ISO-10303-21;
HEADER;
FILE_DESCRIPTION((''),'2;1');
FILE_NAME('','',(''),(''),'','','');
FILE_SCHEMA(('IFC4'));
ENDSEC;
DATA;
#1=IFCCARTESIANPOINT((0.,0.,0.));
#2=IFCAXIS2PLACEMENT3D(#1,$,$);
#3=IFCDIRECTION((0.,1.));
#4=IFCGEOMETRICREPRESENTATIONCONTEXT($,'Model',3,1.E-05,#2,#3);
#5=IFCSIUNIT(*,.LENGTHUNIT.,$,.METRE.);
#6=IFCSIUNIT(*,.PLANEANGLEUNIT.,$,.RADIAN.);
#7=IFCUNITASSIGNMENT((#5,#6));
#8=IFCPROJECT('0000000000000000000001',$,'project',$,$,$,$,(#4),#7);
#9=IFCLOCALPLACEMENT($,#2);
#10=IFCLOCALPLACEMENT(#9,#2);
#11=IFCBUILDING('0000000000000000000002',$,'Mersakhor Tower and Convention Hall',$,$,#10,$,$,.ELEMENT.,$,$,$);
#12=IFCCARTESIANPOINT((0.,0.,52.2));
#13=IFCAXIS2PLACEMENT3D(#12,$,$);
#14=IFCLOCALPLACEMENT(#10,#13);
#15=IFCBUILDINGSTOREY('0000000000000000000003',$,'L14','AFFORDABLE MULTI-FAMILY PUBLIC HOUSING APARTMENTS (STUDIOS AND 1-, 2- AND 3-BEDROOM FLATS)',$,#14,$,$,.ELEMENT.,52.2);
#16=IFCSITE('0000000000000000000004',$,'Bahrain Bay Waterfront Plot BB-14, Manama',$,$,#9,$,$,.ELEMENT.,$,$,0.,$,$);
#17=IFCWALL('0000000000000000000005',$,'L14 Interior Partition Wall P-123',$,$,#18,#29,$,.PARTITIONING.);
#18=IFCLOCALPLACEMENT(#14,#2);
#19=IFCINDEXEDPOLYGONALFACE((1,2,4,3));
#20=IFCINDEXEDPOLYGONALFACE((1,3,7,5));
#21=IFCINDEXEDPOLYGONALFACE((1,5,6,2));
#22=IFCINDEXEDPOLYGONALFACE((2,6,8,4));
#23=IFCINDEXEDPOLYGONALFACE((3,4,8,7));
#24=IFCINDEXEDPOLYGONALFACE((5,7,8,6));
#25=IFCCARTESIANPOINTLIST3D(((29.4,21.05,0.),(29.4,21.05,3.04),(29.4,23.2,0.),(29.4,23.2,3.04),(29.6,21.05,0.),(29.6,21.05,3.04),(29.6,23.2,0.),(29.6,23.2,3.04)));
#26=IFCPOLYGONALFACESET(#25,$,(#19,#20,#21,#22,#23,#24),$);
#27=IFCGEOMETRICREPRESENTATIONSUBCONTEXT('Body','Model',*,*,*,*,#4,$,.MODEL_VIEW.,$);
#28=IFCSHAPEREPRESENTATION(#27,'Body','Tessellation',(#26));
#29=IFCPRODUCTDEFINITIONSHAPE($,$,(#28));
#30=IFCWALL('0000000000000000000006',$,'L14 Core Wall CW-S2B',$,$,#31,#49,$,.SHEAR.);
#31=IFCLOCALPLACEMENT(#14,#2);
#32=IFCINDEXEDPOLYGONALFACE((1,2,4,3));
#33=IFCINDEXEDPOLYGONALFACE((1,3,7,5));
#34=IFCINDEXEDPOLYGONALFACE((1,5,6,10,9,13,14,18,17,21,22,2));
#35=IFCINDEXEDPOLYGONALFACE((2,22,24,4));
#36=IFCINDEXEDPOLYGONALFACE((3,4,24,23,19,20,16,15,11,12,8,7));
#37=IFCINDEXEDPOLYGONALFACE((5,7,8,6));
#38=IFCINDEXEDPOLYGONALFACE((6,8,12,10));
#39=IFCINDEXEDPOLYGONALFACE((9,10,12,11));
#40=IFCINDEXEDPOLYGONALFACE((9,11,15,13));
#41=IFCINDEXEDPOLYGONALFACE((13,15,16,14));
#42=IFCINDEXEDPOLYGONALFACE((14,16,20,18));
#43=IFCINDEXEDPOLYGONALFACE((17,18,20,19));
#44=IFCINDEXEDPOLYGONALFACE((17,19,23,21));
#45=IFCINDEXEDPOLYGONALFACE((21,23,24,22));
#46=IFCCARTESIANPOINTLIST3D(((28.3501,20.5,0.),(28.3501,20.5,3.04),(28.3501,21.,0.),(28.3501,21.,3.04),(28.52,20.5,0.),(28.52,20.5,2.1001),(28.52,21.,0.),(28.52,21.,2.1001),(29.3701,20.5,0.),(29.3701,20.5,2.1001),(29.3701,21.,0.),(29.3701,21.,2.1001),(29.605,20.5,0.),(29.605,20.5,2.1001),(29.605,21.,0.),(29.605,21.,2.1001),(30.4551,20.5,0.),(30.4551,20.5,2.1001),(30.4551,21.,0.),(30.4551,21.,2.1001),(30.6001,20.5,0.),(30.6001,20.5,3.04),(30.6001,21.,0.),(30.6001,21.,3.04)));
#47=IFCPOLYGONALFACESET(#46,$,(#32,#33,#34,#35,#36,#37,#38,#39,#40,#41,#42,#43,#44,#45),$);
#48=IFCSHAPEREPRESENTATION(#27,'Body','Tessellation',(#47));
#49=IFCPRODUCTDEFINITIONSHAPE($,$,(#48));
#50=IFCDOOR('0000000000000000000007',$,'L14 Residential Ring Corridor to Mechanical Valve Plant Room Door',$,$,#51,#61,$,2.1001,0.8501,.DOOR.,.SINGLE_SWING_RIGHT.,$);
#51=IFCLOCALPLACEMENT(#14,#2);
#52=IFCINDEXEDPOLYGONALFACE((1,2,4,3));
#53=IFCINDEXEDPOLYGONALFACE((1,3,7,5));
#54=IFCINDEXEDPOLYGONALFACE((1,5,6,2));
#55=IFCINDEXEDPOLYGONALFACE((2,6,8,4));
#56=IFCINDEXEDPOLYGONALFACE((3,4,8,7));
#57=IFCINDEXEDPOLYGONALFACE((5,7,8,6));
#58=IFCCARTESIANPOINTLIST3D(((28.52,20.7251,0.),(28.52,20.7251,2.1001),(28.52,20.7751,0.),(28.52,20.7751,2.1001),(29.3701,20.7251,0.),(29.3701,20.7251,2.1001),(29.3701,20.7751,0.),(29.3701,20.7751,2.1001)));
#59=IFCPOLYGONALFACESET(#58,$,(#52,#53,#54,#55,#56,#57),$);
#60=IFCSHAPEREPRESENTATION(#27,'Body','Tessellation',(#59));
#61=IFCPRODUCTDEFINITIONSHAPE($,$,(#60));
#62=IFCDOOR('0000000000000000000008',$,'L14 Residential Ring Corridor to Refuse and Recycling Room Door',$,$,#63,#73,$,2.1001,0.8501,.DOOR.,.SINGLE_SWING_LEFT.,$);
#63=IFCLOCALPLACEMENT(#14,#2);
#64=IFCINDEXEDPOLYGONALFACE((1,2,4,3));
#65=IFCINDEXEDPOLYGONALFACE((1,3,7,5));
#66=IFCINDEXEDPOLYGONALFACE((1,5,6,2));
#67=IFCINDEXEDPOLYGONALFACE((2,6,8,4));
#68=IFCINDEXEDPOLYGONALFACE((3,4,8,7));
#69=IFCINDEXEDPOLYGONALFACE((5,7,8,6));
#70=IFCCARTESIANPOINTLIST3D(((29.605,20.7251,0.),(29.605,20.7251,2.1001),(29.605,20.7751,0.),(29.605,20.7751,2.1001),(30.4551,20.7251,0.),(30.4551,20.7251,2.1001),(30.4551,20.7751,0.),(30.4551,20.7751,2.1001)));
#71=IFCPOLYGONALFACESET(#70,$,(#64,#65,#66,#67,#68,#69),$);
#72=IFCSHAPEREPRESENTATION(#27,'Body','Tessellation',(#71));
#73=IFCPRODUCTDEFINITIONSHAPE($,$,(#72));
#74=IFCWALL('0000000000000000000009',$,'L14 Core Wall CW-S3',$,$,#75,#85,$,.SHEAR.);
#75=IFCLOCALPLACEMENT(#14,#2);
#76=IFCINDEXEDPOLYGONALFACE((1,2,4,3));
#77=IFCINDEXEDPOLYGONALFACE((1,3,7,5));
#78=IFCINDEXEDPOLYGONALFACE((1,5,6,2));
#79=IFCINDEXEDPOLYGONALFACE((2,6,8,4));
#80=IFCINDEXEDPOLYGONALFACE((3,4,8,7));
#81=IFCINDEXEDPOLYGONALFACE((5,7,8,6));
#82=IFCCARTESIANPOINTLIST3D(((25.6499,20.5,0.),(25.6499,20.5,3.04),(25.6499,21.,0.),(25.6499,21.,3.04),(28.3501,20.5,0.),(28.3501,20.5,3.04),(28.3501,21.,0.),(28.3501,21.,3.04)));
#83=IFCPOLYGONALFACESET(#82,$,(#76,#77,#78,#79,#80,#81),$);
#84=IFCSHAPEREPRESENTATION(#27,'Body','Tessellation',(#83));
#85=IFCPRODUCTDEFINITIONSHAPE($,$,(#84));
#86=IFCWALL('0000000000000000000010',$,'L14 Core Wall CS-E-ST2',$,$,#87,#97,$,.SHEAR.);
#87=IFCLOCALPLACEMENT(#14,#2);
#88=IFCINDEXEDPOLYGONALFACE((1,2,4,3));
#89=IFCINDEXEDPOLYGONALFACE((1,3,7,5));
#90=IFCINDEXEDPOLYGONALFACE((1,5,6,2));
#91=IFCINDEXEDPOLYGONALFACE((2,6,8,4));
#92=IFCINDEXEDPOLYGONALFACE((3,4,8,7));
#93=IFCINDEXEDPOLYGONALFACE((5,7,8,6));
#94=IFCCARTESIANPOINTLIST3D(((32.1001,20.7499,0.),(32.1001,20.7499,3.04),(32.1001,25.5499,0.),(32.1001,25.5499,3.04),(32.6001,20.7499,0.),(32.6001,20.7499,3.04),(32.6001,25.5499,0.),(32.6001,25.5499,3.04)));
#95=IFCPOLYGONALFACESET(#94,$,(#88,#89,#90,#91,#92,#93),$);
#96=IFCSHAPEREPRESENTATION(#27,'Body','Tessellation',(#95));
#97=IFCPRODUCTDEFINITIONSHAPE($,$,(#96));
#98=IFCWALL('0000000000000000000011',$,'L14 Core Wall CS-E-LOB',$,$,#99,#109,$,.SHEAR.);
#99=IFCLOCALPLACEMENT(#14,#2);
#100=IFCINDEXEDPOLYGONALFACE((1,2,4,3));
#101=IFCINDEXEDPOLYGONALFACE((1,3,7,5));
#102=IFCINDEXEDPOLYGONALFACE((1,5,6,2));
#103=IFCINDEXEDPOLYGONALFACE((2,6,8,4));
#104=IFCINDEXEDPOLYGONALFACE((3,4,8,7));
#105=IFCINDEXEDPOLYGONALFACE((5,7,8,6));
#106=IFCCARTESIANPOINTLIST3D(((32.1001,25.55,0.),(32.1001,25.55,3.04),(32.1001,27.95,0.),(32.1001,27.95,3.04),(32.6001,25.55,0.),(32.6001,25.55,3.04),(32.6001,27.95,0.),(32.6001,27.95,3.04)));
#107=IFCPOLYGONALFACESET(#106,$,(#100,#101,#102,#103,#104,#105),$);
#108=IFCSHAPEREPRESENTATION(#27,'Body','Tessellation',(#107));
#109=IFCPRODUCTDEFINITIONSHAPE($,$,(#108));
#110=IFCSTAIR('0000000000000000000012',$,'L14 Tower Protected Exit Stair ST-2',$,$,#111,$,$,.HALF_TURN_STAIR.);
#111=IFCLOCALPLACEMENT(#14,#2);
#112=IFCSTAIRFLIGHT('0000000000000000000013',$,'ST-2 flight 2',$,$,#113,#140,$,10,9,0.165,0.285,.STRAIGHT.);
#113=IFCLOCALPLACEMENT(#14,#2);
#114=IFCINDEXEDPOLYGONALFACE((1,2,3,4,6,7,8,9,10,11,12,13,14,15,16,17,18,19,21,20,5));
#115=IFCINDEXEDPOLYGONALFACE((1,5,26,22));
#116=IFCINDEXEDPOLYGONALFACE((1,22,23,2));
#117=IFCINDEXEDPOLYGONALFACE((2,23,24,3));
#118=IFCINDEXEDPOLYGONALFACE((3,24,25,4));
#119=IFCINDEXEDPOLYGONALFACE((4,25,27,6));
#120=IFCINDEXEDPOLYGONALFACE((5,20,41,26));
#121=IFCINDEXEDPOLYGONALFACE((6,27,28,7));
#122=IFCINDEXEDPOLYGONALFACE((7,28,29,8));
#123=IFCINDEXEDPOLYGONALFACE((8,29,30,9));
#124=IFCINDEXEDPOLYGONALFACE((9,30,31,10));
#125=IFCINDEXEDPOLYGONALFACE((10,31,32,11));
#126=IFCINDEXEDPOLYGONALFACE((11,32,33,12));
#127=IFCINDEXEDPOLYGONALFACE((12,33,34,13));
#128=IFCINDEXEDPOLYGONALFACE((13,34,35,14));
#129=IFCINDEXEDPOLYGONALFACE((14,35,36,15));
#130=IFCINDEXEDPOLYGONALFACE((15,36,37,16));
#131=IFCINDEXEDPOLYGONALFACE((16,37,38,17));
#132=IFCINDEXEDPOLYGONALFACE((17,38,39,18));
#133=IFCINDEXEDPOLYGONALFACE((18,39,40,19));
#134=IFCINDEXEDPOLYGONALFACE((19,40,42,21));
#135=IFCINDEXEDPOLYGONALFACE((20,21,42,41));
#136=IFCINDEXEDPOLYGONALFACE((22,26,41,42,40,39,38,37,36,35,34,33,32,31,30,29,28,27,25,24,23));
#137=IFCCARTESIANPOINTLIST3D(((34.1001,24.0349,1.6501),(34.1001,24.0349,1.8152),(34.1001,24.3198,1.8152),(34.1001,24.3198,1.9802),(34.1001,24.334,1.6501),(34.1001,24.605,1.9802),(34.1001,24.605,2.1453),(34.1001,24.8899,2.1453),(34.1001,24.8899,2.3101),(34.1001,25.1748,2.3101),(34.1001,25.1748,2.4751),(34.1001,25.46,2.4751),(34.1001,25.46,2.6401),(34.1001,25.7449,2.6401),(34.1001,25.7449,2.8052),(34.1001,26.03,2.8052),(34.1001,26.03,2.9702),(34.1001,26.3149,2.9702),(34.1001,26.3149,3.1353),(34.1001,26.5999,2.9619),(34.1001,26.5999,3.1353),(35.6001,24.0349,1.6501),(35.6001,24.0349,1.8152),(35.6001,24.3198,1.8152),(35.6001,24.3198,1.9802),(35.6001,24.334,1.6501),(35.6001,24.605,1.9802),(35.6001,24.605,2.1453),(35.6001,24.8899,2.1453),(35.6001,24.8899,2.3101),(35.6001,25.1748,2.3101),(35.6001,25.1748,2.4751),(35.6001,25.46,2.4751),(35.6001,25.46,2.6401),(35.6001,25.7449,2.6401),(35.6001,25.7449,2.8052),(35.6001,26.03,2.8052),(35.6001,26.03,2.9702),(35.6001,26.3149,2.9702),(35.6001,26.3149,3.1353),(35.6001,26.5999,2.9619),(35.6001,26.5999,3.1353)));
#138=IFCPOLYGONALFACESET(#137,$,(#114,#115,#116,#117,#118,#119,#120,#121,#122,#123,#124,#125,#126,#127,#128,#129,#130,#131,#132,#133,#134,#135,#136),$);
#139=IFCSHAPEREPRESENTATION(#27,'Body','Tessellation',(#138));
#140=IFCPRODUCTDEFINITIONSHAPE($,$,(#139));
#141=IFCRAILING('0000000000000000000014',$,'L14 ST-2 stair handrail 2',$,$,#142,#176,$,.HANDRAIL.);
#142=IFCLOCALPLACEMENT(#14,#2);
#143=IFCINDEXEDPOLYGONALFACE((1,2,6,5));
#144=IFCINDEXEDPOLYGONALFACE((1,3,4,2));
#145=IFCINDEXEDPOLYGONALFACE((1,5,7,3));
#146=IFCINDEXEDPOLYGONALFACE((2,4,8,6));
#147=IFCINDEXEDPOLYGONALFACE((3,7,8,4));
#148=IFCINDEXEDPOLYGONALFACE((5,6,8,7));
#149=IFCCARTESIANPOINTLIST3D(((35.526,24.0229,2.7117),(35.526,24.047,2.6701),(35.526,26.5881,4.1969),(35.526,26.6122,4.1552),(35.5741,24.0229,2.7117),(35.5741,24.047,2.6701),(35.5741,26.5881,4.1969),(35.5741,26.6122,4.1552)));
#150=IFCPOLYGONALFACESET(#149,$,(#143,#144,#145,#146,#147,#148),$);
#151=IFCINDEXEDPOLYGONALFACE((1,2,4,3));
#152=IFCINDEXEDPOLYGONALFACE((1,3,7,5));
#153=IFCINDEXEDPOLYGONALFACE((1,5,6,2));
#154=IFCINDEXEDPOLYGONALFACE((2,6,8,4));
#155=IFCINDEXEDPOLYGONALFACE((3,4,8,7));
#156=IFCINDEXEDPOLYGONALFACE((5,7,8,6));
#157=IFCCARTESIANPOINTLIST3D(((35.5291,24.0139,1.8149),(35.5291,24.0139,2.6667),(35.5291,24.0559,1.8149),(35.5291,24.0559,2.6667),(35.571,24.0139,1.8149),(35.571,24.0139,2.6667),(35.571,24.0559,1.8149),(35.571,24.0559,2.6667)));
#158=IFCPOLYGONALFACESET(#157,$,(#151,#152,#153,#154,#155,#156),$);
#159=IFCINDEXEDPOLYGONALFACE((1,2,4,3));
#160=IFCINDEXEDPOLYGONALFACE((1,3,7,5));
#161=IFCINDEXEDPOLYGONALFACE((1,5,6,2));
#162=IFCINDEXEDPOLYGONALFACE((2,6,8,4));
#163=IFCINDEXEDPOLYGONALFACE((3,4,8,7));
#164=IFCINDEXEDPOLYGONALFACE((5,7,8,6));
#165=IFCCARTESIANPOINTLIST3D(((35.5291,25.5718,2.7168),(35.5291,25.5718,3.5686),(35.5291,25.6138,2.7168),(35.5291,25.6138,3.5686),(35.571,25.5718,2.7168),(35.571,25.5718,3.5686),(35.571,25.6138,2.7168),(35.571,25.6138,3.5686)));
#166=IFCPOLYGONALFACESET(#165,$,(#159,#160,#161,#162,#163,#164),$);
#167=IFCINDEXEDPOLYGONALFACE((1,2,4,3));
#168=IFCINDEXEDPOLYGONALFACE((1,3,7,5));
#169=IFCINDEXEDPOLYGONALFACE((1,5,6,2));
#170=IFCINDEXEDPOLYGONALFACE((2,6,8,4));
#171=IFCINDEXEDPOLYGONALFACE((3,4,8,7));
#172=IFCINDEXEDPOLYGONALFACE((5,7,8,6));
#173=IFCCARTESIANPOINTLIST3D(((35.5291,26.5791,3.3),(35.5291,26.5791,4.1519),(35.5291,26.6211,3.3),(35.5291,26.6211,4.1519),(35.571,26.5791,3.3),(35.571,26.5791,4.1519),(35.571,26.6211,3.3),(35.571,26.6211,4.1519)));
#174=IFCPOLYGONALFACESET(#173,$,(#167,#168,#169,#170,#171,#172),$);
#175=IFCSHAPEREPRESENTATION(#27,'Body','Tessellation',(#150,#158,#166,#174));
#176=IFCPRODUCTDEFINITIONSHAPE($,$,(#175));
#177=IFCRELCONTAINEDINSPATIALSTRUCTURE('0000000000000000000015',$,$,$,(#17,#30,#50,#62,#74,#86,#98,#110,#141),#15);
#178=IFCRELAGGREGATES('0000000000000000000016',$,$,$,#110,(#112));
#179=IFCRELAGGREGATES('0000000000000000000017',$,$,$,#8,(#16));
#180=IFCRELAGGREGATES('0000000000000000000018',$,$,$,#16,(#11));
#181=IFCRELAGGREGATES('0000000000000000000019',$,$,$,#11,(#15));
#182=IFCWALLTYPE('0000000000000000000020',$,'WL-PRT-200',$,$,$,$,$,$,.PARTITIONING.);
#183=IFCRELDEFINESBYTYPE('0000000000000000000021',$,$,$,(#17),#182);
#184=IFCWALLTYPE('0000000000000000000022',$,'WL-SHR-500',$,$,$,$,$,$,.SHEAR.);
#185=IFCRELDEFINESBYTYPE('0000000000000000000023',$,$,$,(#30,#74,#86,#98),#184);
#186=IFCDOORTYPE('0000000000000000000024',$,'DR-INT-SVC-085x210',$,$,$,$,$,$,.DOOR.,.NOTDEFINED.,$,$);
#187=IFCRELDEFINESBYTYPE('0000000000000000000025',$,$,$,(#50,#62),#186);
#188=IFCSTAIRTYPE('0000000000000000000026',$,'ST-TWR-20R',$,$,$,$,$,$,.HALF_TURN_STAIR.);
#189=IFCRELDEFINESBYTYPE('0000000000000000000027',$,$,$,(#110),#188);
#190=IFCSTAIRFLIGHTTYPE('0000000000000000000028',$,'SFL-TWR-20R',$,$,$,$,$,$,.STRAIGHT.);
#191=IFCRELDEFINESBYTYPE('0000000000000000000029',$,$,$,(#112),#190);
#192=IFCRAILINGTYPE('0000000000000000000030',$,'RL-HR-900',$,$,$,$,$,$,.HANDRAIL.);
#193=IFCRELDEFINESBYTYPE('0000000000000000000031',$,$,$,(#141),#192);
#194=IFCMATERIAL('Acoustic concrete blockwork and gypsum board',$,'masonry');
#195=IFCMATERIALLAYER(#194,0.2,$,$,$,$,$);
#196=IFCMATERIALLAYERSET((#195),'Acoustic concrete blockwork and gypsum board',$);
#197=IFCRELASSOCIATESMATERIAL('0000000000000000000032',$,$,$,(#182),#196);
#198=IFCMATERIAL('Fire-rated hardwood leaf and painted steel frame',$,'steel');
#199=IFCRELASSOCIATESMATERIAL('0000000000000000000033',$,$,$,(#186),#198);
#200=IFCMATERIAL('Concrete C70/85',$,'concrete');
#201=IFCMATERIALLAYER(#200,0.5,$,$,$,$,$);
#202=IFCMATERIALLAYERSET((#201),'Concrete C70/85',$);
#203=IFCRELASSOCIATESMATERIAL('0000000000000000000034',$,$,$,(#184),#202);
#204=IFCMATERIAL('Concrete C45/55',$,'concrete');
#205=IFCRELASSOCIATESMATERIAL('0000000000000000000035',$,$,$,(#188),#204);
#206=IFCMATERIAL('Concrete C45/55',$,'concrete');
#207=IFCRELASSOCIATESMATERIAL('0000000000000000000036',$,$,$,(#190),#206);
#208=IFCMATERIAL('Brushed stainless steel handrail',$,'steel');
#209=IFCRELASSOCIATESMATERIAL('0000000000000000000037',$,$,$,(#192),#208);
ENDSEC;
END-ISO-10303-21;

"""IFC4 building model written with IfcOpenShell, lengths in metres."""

from ifc_helpers import new_model, si_unit, direction, frame, frame_2d, origin, origin_2d, place, context, subcontext, project, spatial, polyline, rectangle, outline, extrude, material, layer, layer_set, type_object, element, fill, aggregate, save


model = new_model("IFC4")

# Units and contexts
model_context = context("Model", 3, precision=1e-05, world=origin(), true_north=direction((0.0, 1.0)))
body_context = subcontext(model_context, "Body", "Model", "MODEL_VIEW")
ifc_project = project(units=[si_unit("LENGTHUNIT", "METRE"), si_unit("PLANEANGLEUNIT", "RADIAN")], contexts=[model_context])

# Site, building, storey
site_placement = place(None, origin())
site = spatial("IfcSite", under=ifc_project, at=site_placement, Name="Bahrain Bay Waterfront Plot BB-14, Manama", CompositionType="ELEMENT", RefElevation=0.0)
building_placement = place(site_placement, origin())
building = spatial("IfcBuilding", under=site, at=building_placement, Name="Mersakhor Tower and Convention Hall", CompositionType="ELEMENT")
storey_placement = place(building_placement, frame((0.0, 0.0, 52.2)))
storey = spatial("IfcBuildingStorey", under=building, at=storey_placement, Name="L14", Description="AFFORDABLE MULTI-FAMILY PUBLIC HOUSING APARTMENTS (STUDIOS AND 1-, 2- AND 3-BEDROOM FLATS)", CompositionType="ELEMENT", Elevation=52.2)

# Shared definitions
ifc_material_1 = material(Name="Acoustic concrete blockwork and gypsum board", Category="masonry")
ifc_layer_1 = layer(ifc_material_1, 0.2)
ifc_layer_set_1 = layer_set([ifc_layer_1], Name="Acoustic concrete blockwork and gypsum board")
wall_type_1 = type_object("IfcWallType", Name="WL-PRT-200", PredefinedType="PARTITIONING", material=ifc_layer_set_1)

# Shared definitions
ifc_material_2 = material(Name="Fire-rated hardwood leaf and painted steel frame", Category="steel")
door_type_1 = type_object("IfcDoorType", Name="DR-INT-SVC-085x210", OperationType="NOTDEFINED", PredefinedType="DOOR", material=ifc_material_2)

# Wall
wall_1_placement = place(storey_placement, frame((29.5, 23.2, 0.0), z_axis=(0.0, 0.0, 1.0), x_axis=(0.0, -1.0, 0.0)))
element("IfcWall", 1, at=wall_1_placement, inside=storey, type_object=wall_type_1, Name="L14 Interior Partition Wall P-123", PredefinedType="PARTITIONING", context=body_context, shape_type="SweptSolid", body=[
    extrude(rectangle(XDim=2.1499, YDim=0.2, at=frame_2d((1.075, 0.0))), origin(), (0.0, 0.0, 1.0), 3.04),
])

# Shared definitions
ifc_material_3 = material(Name="Concrete C70/85", Category="concrete")
ifc_layer_2 = layer(ifc_material_3, 0.5)
ifc_layer_set_2 = layer_set([ifc_layer_2], Name="Concrete C70/85")
wall_type_2 = type_object("IfcWallType", Name="WL-SHR-500", PredefinedType="SHEAR", material=ifc_layer_set_2)

# Wall, openings, doors
wall_2_placement = place(storey_placement, frame((30.6001, 20.75, 0.0), z_axis=(0.0, 0.0, 1.0), x_axis=(-1.0, 0.0, 0.0)))
wall_2 = element("IfcWall", 2, at=wall_2_placement, inside=storey, type_object=wall_type_2, Name="L14 Core Wall CW-S2B", PredefinedType="SHEAR", context=body_context, shape_type="SweptSolid", body=[
    extrude(rectangle(XDim=2.25, YDim=0.5, at=frame_2d((1.125, 0.0))), origin(), (0.0, 0.0, 1.0), 3.04),
])
opening_1_placement = place(wall_2_placement, frame((1.23, 0.0, 0.0)))
opening_1 = element("IfcOpeningElement", 3, at=opening_1_placement, cuts=wall_2, PredefinedType="OPENING", context=body_context, shape_type="SweptSolid", body=[
    extrude(rectangle(XDim=0.8501, YDim=2.1001, at=frame_2d((0.425, 1.05))), frame((0.0, 0.26, 0.0), z_axis=(0.0, -1.0, 0.0), x_axis=(1.0, 0.0, 0.0)), (0.0, 0.0, 1.0), 0.52),
])
opening_2_placement = place(wall_2_placement, frame((0.145, 0.0, 0.0)))
opening_2 = element("IfcOpeningElement", 4, at=opening_2_placement, cuts=wall_2, PredefinedType="OPENING", context=body_context, shape_type="SweptSolid", body=[
    extrude(rectangle(XDim=0.8501, YDim=2.1001, at=frame_2d((0.425, 1.05))), frame((0.0, 0.26, 0.0), z_axis=(0.0, -1.0, 0.0), x_axis=(1.0, 0.0, 0.0)), (0.0, 0.0, 1.0), 0.52),
])
door_1_placement = place(opening_1_placement, origin())
door_1 = element("IfcDoor", 5, at=door_1_placement, inside=storey, type_object=door_type_1, Name="L14 Residential Ring Corridor to Mechanical Valve Plant Room Door", OperationType="SINGLE_SWING_RIGHT", OverallHeight=2.1001, OverallWidth=0.8501, PredefinedType="DOOR", context=body_context, shape_type="SweptSolid", body=[
    extrude(rectangle(XDim=0.8501, YDim=2.1001, at=frame_2d((0.425, 1.05))), frame((0.0, 0.0249, 0.0), z_axis=(0.0, -1.0, 0.0), x_axis=(1.0, 0.0, 0.0)), (0.0, 0.0, 1.0), 0.05),
])
fill(opening_1, door_1)
door_2_placement = place(opening_2_placement, origin())
door_2 = element("IfcDoor", 6, at=door_2_placement, inside=storey, type_object=door_type_1, Name="L14 Residential Ring Corridor to Refuse and Recycling Room Door", OperationType="SINGLE_SWING_LEFT", OverallHeight=2.1001, OverallWidth=0.8501, PredefinedType="DOOR", context=body_context, shape_type="SweptSolid", body=[
    extrude(rectangle(XDim=0.8501, YDim=2.1001, at=frame_2d((0.425, 1.05))), frame((0.0, 0.0249, 0.0), z_axis=(0.0, -1.0, 0.0), x_axis=(1.0, 0.0, 0.0)), (0.0, 0.0, 1.0), 0.05),
])
fill(opening_2, door_2)

# Walls
wall_3_placement = place(storey_placement, frame((28.3501, 20.75, 0.0), z_axis=(0.0, 0.0, 1.0), x_axis=(-1.0, 0.0, 0.0)))
element("IfcWall", 7, at=wall_3_placement, inside=storey, type_object=wall_type_2, Name="L14 Core Wall CW-S3", PredefinedType="SHEAR", context=body_context, shape_type="SweptSolid", body=[
    extrude(rectangle(XDim=2.7002, YDim=0.5, at=frame_2d((1.3501, 0.0))), origin(), (0.0, 0.0, 1.0), 3.04),
])
wall_4_placement = place(storey_placement, frame((32.3501, 20.75, 0.0), z_axis=(0.0, 0.0, 1.0), x_axis=(0.0, 1.0, 0.0)))
element("IfcWall", 8, at=wall_4_placement, inside=storey, type_object=wall_type_2, Name="L14 Core Wall CS-E-ST2", PredefinedType="SHEAR", context=body_context, shape_type="SweptSolid", body=[
    extrude(rectangle(XDim=4.8, YDim=0.5, at=frame_2d((2.3999, 0.0))), origin(), (0.0, 0.0, 1.0), 3.04),
])
wall_5_placement = place(storey_placement, frame((32.3501, 25.55, 0.0), z_axis=(0.0, 0.0, 1.0), x_axis=(0.0, 1.0, 0.0)))
element("IfcWall", 9, at=wall_5_placement, inside=storey, type_object=wall_type_2, Name="L14 Core Wall CS-E-LOB", PredefinedType="SHEAR", context=body_context, shape_type="SweptSolid", body=[
    extrude(rectangle(XDim=2.3999, YDim=0.5, at=frame_2d((1.2, 0.0))), origin(), (0.0, 0.0, 1.0), 3.04),
])

# Stair, stair flight
ifc_material_4 = material(Name="Concrete C45/55", Category="concrete")
stair_type = type_object("IfcStairType", Name="ST-TWR-20R", PredefinedType="HALF_TURN_STAIR", material=ifc_material_4)
stair_placement = place(storey_placement, origin())
stair = element("IfcStair", 10, at=stair_placement, inside=storey, type_object=stair_type, Name="L14 Tower Protected Exit Stair ST-2", PredefinedType="HALF_TURN_STAIR")
ifc_material_5 = material(Name="Concrete C45/55", Category="concrete")
stair_flight_type = type_object("IfcStairFlightType", Name="SFL-TWR-20R", PredefinedType="STRAIGHT", material=ifc_material_5)
stair_flight_placement = place(storey_placement, frame((34.8501, 24.0349, 1.6501), z_axis=(0.0, 0.0, 1.0), x_axis=(0.0, 1.0, 0.0)))
stair_flight = element("IfcStairFlight", 11, at=stair_flight_placement, type_object=stair_flight_type, Name="ST-2 flight 2", NumberOfRisers=10, NumberOfTreads=9, PredefinedType="STRAIGHT", RiserHeight=0.165, TreadLength=0.285, context=body_context, shape_type="SweptSolid", body=[
    extrude(outline(polyline([(0.0, 0.0), (0.0, 0.165), (0.2849, 0.165), (0.2849, 0.3301), (0.5701, 0.3301), (0.5701, 0.4951), (0.855, 0.4951), (0.855, 0.6599), (1.1399, 0.6599), (1.1399, 0.825), (1.425, 0.825), (1.425, 0.99), (1.71, 0.99), (1.71, 1.155), (1.9951, 1.155), (1.9951, 1.3201), (2.28, 1.3201), (2.28, 1.4851), (2.5649, 1.4851), (2.5649, 1.6499), (2.5649, 1.3118), (0.2991, 0.0), (0.0, 0.0)])), frame((0.0, 0.75, 0.0), z_axis=(0.0, -1.0, 0.0), x_axis=(1.0, 0.0, 0.0)), (0.0, 0.0, 1.0), 1.5),
])
aggregate(stair, [stair_flight])

# Railing
ifc_material_6 = material(Name="Brushed stainless steel handrail", Category="steel")
railing_type_1 = type_object("IfcRailingType", Name="RL-HR-900", PredefinedType="HANDRAIL", material=ifc_material_6)
railing_1_placement = place(storey_placement, frame((35.55, 24.0349, 1.8149)))
element("IfcRailing", 12, at=railing_1_placement, inside=storey, type_object=railing_type_1, Name="L14 ST-2 stair handrail 2", PredefinedType="HANDRAIL", context=body_context, shape_type="SweptSolid", body=[
    extrude(rectangle(XDim=0.0481, YDim=0.0481, at=origin_2d()), frame((0.0, 0.0, 0.876), z_axis=(0.0, 0.865426, 0.501036), x_axis=(-1.0, 0.0, 0.0)), (0.0, 0.0, 1.0), 2.9641),
    extrude(rectangle(XDim=0.042, YDim=0.042, at=origin_2d()), origin(), (0.0, 0.0, 1.0), 0.8518),
    extrude(rectangle(XDim=0.042, YDim=0.042, at=origin_2d()), frame((0.0, 1.5579, 0.9019)), (0.0, 0.0, 1.0), 0.8518),
    extrude(rectangle(XDim=0.042, YDim=0.042, at=origin_2d()), frame((0.0, 2.5652, 1.4851)), (0.0, 0.0, 1.0), 0.8518),
])

save(model, "model.ifc")
